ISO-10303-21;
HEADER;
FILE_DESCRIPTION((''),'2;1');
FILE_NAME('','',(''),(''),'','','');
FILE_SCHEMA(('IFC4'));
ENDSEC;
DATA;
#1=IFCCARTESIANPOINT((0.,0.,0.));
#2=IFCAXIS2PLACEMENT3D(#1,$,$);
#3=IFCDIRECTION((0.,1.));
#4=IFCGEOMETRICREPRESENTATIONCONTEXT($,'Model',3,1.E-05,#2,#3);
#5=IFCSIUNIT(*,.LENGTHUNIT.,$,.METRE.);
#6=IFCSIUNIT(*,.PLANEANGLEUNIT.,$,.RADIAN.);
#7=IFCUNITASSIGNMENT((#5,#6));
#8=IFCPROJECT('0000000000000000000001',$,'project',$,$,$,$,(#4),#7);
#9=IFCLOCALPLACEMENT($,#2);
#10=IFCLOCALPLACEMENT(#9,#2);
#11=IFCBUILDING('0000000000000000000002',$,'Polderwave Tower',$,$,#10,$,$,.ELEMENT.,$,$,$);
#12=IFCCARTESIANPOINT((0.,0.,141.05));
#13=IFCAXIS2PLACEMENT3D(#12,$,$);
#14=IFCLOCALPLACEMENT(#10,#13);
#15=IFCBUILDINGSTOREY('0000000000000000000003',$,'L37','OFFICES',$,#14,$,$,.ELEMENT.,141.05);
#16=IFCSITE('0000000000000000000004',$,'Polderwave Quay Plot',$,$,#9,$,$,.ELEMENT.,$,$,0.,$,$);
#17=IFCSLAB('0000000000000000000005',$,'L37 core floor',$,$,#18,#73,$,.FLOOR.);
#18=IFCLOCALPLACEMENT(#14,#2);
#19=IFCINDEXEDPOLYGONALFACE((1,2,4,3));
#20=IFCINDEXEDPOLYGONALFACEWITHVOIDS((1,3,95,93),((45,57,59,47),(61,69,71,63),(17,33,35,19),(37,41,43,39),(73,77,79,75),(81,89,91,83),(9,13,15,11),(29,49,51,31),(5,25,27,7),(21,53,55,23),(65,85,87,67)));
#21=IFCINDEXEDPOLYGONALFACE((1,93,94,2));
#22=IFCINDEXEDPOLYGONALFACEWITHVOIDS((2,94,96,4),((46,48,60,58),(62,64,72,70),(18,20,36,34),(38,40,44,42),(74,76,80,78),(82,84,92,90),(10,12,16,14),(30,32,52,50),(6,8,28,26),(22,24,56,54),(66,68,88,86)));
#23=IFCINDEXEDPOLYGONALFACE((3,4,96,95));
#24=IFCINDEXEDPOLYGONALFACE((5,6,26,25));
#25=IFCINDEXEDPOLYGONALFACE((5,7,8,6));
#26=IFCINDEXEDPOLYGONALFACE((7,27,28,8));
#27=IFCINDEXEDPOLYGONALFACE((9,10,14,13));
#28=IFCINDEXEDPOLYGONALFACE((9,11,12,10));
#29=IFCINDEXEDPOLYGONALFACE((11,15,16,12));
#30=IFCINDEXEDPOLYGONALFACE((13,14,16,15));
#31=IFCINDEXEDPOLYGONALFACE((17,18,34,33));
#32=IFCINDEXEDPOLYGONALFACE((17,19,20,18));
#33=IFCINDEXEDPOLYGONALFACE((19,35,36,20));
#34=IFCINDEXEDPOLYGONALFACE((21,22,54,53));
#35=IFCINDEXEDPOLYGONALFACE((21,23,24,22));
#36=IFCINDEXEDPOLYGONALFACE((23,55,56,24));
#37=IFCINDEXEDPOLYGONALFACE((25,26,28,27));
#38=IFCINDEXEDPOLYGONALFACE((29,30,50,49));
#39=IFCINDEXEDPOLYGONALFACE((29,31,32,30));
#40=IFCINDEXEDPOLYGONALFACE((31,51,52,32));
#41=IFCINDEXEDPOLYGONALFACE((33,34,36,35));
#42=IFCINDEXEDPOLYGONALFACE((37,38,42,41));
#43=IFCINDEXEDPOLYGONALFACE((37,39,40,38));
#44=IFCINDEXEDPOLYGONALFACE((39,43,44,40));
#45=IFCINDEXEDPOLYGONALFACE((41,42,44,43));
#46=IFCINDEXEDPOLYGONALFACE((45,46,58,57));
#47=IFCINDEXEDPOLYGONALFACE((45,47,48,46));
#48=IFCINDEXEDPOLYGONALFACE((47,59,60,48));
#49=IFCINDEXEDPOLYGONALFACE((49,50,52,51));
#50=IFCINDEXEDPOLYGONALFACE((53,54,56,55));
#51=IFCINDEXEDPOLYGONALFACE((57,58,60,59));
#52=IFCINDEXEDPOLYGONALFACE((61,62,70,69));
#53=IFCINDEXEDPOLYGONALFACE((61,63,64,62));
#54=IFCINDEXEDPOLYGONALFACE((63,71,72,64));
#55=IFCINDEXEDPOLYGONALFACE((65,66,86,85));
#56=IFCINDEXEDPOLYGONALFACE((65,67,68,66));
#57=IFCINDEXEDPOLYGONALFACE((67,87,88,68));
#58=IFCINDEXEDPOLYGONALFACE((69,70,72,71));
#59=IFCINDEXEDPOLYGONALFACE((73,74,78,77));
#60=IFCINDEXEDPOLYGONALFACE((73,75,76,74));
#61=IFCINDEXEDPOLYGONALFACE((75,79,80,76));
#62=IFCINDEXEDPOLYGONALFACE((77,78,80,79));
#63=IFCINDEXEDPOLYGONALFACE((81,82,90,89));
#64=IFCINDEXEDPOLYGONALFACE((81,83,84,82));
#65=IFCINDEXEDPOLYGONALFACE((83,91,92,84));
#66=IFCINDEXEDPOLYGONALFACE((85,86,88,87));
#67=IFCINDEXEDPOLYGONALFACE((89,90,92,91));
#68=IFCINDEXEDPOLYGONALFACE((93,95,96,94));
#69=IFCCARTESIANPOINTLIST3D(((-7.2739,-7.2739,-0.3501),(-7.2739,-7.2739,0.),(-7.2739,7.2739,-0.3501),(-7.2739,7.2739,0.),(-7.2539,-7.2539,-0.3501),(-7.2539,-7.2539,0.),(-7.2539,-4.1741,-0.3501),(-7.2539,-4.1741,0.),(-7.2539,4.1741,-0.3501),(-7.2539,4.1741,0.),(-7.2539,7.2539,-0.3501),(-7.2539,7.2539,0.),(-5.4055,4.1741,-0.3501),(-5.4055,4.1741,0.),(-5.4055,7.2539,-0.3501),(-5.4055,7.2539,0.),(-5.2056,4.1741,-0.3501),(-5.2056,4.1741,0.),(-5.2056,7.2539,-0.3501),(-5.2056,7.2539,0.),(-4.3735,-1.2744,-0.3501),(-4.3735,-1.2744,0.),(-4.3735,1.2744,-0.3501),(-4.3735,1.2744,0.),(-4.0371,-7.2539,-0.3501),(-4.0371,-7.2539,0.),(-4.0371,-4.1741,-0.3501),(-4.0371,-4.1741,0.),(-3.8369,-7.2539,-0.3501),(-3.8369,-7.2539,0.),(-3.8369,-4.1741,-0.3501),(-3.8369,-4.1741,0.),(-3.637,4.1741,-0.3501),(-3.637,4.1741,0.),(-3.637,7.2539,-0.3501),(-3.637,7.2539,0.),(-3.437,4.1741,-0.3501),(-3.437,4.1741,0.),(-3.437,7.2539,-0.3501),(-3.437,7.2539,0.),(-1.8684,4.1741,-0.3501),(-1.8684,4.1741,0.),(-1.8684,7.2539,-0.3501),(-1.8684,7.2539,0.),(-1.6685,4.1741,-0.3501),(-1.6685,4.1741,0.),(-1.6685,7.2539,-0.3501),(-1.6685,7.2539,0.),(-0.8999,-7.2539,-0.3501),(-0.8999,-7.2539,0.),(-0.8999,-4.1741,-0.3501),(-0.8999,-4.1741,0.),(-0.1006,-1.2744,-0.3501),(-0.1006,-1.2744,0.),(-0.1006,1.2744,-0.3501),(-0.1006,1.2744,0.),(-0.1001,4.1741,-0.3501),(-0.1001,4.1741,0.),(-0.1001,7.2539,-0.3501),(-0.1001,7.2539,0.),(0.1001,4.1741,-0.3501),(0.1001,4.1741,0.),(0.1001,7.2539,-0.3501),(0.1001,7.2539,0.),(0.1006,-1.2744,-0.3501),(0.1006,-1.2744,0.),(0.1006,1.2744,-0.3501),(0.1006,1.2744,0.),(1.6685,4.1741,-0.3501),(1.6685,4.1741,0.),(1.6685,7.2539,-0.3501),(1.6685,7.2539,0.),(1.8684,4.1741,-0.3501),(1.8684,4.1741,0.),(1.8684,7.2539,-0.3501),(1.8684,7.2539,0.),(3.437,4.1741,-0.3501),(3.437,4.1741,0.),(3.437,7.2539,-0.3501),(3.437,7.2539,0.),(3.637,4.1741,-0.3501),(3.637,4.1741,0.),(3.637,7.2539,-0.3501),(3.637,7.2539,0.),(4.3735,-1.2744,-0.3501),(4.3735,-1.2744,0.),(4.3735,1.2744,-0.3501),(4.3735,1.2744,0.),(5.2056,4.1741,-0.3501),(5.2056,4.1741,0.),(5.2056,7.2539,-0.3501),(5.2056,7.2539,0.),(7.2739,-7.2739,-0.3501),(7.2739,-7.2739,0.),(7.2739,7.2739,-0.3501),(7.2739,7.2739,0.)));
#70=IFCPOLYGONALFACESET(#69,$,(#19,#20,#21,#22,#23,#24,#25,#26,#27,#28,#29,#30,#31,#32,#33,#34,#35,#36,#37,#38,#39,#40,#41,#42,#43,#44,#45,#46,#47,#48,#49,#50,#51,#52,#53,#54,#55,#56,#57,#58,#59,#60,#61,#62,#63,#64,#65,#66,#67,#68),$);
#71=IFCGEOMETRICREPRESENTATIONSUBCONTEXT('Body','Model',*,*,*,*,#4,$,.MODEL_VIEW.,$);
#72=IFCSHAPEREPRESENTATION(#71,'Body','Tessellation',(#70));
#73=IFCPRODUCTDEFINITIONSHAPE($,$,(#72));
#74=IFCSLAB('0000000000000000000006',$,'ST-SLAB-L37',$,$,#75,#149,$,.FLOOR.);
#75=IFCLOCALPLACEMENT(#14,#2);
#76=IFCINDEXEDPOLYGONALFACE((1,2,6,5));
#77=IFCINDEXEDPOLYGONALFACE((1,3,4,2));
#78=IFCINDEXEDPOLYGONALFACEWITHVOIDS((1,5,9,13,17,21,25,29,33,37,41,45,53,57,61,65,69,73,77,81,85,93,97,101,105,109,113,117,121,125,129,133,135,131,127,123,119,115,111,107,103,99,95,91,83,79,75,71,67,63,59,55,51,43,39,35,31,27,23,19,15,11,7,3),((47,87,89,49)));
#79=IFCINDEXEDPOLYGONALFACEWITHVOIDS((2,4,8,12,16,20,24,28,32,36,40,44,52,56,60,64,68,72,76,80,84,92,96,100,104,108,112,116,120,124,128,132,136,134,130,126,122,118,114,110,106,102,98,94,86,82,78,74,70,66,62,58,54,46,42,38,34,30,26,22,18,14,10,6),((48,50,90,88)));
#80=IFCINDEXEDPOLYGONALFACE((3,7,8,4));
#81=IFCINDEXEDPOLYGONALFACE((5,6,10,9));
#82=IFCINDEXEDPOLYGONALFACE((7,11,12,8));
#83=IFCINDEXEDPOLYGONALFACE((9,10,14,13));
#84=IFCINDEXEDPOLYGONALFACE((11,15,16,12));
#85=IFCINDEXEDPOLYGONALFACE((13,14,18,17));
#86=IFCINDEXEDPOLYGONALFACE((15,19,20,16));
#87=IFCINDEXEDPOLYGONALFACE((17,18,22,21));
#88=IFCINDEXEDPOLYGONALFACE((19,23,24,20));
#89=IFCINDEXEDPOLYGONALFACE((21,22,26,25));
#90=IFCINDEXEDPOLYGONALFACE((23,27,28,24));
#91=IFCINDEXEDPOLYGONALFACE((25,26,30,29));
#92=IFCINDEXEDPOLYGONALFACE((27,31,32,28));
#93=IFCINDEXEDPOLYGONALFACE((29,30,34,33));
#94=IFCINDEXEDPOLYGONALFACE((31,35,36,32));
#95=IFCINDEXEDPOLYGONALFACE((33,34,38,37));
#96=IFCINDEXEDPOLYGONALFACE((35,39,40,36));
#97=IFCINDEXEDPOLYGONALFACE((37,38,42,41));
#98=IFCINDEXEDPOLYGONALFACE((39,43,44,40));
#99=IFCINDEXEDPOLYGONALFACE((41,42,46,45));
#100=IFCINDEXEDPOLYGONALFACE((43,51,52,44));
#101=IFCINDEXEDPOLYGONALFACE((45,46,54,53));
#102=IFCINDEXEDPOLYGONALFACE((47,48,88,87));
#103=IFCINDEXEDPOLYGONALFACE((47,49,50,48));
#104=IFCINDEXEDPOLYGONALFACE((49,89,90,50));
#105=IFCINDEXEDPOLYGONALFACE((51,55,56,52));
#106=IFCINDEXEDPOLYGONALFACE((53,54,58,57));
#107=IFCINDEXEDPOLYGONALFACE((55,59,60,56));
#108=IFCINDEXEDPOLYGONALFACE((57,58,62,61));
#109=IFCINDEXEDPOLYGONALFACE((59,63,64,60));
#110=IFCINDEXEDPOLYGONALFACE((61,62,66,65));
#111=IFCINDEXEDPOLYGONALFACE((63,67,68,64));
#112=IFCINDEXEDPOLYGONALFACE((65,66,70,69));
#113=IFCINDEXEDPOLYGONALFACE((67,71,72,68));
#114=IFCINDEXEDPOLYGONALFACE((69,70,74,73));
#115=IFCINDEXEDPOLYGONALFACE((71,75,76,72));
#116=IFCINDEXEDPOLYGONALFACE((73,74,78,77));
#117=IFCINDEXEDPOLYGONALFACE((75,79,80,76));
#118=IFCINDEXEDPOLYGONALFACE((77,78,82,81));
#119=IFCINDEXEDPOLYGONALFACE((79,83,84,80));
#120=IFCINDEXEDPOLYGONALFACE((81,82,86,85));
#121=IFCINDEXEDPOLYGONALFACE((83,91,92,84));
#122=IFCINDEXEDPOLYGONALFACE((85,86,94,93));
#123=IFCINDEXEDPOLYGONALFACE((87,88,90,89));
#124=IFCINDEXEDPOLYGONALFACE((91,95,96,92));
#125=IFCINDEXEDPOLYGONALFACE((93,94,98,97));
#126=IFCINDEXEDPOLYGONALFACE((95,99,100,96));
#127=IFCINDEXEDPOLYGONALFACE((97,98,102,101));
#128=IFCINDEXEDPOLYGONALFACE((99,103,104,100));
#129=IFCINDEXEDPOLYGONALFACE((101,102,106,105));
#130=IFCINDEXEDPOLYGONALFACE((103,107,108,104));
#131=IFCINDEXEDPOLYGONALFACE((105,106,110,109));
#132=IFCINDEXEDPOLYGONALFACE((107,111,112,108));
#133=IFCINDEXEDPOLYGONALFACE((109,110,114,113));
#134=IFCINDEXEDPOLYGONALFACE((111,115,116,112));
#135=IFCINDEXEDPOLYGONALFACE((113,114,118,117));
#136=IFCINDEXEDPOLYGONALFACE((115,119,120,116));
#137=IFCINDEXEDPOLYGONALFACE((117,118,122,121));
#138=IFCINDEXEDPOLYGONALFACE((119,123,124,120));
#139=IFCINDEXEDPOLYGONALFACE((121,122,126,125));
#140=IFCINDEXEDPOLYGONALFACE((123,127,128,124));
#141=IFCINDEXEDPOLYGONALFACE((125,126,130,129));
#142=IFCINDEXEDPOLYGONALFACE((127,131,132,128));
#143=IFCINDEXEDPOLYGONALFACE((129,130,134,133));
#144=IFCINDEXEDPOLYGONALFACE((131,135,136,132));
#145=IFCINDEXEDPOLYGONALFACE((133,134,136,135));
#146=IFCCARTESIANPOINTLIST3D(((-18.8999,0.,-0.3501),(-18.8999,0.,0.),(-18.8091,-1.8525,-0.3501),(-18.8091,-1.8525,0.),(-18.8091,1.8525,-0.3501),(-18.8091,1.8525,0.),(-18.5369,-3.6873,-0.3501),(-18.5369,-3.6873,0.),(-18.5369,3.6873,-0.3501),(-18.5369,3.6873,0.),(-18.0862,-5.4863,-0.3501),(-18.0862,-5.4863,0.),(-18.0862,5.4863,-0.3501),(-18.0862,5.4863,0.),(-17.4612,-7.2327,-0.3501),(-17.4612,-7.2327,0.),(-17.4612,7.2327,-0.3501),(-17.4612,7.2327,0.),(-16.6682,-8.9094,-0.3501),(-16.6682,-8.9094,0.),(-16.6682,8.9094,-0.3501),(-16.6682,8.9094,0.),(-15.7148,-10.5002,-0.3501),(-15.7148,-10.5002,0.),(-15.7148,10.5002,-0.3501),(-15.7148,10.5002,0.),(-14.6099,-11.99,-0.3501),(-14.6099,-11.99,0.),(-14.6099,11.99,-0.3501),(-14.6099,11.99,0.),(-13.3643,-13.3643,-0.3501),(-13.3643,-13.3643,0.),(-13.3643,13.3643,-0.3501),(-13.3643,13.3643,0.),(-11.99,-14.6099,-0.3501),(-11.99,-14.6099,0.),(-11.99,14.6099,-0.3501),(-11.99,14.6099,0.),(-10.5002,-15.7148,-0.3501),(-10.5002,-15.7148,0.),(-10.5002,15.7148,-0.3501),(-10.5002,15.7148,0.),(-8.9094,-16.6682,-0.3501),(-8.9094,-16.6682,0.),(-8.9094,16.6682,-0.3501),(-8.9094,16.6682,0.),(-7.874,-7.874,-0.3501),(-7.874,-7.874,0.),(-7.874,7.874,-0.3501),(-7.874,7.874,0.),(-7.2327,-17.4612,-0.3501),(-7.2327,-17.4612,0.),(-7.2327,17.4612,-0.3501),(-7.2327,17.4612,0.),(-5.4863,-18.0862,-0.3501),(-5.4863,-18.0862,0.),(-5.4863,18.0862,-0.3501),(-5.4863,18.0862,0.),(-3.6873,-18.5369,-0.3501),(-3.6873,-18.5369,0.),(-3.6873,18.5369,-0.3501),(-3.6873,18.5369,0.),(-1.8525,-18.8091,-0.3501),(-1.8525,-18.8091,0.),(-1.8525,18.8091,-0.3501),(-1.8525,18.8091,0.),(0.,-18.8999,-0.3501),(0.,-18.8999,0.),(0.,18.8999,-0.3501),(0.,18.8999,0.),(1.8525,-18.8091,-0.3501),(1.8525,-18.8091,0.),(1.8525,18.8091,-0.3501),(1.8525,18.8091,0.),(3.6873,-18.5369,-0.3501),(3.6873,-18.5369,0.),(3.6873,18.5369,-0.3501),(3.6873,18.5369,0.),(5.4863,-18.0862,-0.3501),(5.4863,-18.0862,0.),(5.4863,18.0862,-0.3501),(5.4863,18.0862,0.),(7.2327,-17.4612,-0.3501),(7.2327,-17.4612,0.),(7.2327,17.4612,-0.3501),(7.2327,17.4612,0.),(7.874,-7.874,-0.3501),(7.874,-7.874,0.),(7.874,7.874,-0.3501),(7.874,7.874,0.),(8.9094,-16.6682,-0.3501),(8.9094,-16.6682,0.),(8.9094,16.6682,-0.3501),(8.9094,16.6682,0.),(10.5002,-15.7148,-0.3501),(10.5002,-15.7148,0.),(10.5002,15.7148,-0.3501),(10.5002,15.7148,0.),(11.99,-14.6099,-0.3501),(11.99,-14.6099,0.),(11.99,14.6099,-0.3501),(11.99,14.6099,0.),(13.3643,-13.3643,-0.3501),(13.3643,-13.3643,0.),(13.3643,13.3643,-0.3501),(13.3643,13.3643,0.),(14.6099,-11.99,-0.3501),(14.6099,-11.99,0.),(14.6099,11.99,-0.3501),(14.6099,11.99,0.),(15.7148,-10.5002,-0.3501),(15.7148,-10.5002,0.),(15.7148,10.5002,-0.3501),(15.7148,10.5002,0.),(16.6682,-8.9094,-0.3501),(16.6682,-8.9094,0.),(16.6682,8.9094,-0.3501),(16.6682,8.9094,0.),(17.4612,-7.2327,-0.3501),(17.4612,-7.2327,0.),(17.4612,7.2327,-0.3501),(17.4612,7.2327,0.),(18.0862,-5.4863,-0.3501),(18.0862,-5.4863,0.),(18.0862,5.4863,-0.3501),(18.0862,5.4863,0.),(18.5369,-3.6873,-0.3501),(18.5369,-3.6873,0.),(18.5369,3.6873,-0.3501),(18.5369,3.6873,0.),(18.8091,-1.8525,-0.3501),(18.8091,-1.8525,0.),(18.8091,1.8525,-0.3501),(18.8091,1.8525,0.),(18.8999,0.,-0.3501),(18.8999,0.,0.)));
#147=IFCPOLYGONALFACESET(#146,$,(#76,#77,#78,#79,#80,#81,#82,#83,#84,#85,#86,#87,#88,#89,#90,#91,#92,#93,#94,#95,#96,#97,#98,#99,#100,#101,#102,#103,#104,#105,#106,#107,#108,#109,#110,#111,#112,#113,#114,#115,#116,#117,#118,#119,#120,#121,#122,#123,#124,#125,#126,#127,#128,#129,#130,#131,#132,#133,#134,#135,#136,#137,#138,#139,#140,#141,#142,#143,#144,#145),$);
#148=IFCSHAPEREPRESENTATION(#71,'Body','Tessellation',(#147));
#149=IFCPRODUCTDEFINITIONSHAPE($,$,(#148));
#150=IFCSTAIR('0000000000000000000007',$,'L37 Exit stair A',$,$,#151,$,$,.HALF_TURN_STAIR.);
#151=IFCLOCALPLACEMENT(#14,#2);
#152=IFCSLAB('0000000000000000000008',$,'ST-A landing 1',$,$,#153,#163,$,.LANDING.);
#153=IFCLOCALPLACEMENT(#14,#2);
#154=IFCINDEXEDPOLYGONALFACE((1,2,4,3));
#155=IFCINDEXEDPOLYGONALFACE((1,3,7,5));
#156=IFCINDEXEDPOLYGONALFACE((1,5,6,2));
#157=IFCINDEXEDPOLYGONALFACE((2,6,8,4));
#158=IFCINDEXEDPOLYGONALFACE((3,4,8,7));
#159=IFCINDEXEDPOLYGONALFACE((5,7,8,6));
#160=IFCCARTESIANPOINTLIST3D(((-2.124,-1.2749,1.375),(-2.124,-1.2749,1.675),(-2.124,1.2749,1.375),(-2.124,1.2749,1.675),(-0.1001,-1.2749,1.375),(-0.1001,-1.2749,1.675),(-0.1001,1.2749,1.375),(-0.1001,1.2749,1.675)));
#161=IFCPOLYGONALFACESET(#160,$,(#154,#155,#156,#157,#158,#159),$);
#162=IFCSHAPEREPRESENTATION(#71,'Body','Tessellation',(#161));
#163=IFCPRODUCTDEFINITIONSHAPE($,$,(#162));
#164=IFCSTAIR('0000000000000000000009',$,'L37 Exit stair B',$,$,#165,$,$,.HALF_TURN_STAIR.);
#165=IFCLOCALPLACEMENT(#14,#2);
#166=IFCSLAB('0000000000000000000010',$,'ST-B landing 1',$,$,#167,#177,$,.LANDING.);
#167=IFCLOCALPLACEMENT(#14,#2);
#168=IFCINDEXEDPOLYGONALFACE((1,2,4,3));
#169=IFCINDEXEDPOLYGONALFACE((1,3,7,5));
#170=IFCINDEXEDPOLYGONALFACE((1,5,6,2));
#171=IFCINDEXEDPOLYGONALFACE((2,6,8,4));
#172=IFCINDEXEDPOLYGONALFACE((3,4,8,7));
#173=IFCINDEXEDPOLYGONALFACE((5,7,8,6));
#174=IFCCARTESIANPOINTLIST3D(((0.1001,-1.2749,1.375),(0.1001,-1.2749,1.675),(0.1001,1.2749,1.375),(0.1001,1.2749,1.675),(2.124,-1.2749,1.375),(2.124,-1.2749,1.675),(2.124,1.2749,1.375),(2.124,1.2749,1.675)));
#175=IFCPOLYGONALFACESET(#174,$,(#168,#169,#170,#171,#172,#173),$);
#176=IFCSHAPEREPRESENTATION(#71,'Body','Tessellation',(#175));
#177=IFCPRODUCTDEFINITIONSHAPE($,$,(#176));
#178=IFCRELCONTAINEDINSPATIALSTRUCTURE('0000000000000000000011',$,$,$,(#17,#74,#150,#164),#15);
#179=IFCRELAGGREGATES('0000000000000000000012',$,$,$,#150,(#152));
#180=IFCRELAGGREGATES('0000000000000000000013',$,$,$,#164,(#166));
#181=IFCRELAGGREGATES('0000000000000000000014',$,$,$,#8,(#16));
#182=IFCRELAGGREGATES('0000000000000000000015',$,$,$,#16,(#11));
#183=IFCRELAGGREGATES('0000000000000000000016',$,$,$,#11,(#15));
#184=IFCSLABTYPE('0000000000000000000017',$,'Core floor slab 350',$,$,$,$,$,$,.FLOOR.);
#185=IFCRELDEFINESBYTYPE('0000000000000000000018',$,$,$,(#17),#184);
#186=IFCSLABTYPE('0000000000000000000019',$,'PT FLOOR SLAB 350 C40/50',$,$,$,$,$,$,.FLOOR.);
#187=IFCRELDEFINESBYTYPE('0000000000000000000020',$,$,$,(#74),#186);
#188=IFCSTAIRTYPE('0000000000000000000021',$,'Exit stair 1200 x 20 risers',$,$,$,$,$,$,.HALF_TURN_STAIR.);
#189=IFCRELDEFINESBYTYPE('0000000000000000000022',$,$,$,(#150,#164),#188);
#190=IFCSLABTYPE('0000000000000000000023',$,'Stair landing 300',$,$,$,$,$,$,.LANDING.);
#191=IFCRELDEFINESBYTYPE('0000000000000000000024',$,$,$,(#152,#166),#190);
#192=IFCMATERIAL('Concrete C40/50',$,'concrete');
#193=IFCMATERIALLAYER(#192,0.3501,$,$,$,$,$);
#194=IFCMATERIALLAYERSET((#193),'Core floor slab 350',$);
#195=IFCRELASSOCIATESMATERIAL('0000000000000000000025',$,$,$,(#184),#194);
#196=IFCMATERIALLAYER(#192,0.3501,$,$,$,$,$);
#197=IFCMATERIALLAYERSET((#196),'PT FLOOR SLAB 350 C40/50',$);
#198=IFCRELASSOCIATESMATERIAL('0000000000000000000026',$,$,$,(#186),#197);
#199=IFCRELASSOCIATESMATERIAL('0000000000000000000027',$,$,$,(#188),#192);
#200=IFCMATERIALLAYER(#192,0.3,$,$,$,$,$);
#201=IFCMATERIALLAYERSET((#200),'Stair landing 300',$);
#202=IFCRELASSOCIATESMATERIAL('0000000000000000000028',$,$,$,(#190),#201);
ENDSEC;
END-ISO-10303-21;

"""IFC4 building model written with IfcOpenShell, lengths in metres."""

from ifc_helpers import new_model, si_unit, direction, frame, origin, place, context, subcontext, project, spatial, polyline, outline, extrude, material, layer, layer_set, type_object, element, aggregate, save


model = new_model("IFC4")

# Units and contexts
model_context = context("Model", 3, precision=1e-05, world=origin(), true_north=direction((0.0, 1.0)))
body_context = subcontext(model_context, "Body", "Model", "MODEL_VIEW")
ifc_project = project(units=[si_unit("LENGTHUNIT", "METRE"), si_unit("PLANEANGLEUNIT", "RADIAN")], contexts=[model_context])

# Site, building, storey
site_placement = place(None, origin())
site = spatial("IfcSite", under=ifc_project, at=site_placement, Name="Polderwave Quay Plot", CompositionType="ELEMENT", RefElevation=0.0)
building_placement = place(site_placement, origin())
building = spatial("IfcBuilding", under=site, at=building_placement, Name="Polderwave Tower", CompositionType="ELEMENT")
storey_placement = place(building_placement, frame((0.0, 0.0, 141.05)))
storey = spatial("IfcBuildingStorey", under=building, at=storey_placement, Name="L37", Description="OFFICES", CompositionType="ELEMENT", Elevation=141.05)

# Slabs
ifc_material_1 = material(Name="Concrete C40/50", Category="concrete")
ifc_layer_1 = layer(ifc_material_1, 0.3501)
ifc_layer_set_1 = layer_set([ifc_layer_1], Name="Core floor slab 350")
slab_type_1 = type_object("IfcSlabType", Name="Core floor slab 350", PredefinedType="FLOOR", material=ifc_layer_set_1)
slab_1_placement = place(storey_placement, frame((0.0, 0.0, -0.3501)))
element("IfcSlab", 1, at=slab_1_placement, inside=storey, type_object=slab_type_1, Name="L37 core floor", PredefinedType="FLOOR", context=body_context, shape_type="SweptSolid", body=[
    extrude(outline(polyline([(-7.2739, -7.2739), (7.2739, -7.2739), (7.2739, 7.2739), (-7.2739, 7.2739), (-7.2739, -7.2739)]), holes=[polyline([(-7.2539, -7.2539), (-4.0371, -7.2539), (-4.0371, -4.1741), (-7.2539, -4.1741), (-7.2539, -7.2539)]), polyline([(-3.8369, -7.2539), (-0.8999, -7.2539), (-0.8999, -4.1741), (-3.8369, -4.1741), (-3.8369, -7.2539)]), polyline([(-7.2539, 4.1741), (-5.4055, 4.1741), (-5.4055, 7.2539), (-7.2539, 7.2539), (-7.2539, 4.1741)]), polyline([(-5.2056, 4.1741), (-3.637, 4.1741), (-3.637, 7.2539), (-5.2056, 7.2539), (-5.2056, 4.1741)]), polyline([(-3.437, 4.1741), (-1.8684, 4.1741), (-1.8684, 7.2539), (-3.437, 7.2539), (-3.437, 4.1741)]), polyline([(-1.6685, 4.1741), (-0.1001, 4.1741), (-0.1001, 7.2539), (-1.6685, 7.2539), (-1.6685, 4.1741)]), polyline([(0.1001, 4.1741), (1.6685, 4.1741), (1.6685, 7.2539), (0.1001, 7.2539), (0.1001, 4.1741)]), polyline([(1.8684, 4.1741), (3.437, 4.1741), (3.437, 7.2539), (1.8684, 7.2539), (1.8684, 4.1741)]), polyline([(3.637, 4.1741), (5.2056, 4.1741), (5.2056, 7.2539), (3.637, 7.2539), (3.637, 4.1741)]), polyline([(-4.3735, -1.2744), (-0.1006, -1.2744), (-0.1006, 1.2744), (-4.3735, 1.2744), (-4.3735, -1.2744)]), polyline([(0.1006, -1.2744), (4.3735, -1.2744), (4.3735, 1.2744), (0.1006, 1.2744), (0.1006, -1.2744)])]), origin(), (0.0, 0.0, 1.0), 0.3501),
])
ifc_layer_2 = layer(ifc_material_1, 0.3501)
ifc_layer_set_2 = layer_set([ifc_layer_2], Name="PT FLOOR SLAB 350 C40/50")
slab_type_2 = type_object("IfcSlabType", Name="PT FLOOR SLAB 350 C40/50", PredefinedType="FLOOR", material=ifc_layer_set_2)
slab_2_placement = place(storey_placement, frame((0.0, 0.0, -0.3501)))
element("IfcSlab", 2, at=slab_2_placement, inside=storey, type_object=slab_type_2, Name="ST-SLAB-L37", PredefinedType="FLOOR", context=body_context, shape_type="SweptSolid", body=[
    extrude(outline(polyline([(18.8999, 0.0), (18.8091, 1.8525), (18.5369, 3.6873), (18.0862, 5.4863), (17.4612, 7.2327), (16.6682, 8.9094), (15.7148, 10.5002), (14.6099, 11.99), (13.3643, 13.3643), (11.99, 14.6099), (10.5002, 15.7148), (8.9094, 16.6682), (7.2327, 17.4612), (5.4863, 18.0862), (3.6873, 18.5369), (1.8525, 18.8091), (0.0, 18.8999), (-1.8525, 18.8091), (-3.6873, 18.5369), (-5.4863, 18.0862), (-7.2327, 17.4612), (-8.9094, 16.6682), (-10.5002, 15.7148), (-11.99, 14.6099), (-13.3643, 13.3643), (-14.6099, 11.99), (-15.7148, 10.5002), (-16.6682, 8.9094), (-17.4612, 7.2327), (-18.0862, 5.4863), (-18.5369, 3.6873), (-18.8091, 1.8525), (-18.8999, 0.0), (-18.8091, -1.8525), (-18.5369, -3.6873), (-18.0862, -5.4863), (-17.4612, -7.2327), (-16.6682, -8.9094), (-15.7148, -10.5002), (-14.6099, -11.99), (-13.3643, -13.3643), (-11.99, -14.6099), (-10.5002, -15.7148), (-8.9094, -16.6682), (-7.2327, -17.4612), (-5.4863, -18.0862), (-3.6873, -18.5369), (-1.8525, -18.8091), (0.0, -18.8999), (1.8525, -18.8091), (3.6873, -18.5369), (5.4863, -18.0862), (7.2327, -17.4612), (8.9094, -16.6682), (10.5002, -15.7148), (11.99, -14.6099), (13.3643, -13.3643), (14.6099, -11.99), (15.7148, -10.5002), (16.6682, -8.9094), (17.4612, -7.2327), (18.0862, -5.4863), (18.5369, -3.6873), (18.8091, -1.8525), (18.8999, 0.0)]), holes=[polyline([(-7.874, -7.874), (7.874, -7.874), (7.874, 7.874), (-7.874, 7.874), (-7.874, -7.874)])]), origin(), (0.0, 0.0, 1.0), 0.3501),
])

# Stairs, slabs
stair_type = type_object("IfcStairType", Name="Exit stair 1200 x 20 risers", PredefinedType="HALF_TURN_STAIR", material=ifc_material_1)
stair_1_placement = place(storey_placement, origin())
stair_1 = element("IfcStair", 3, at=stair_1_placement, inside=storey, type_object=stair_type, Name="L37 Exit stair A", PredefinedType="HALF_TURN_STAIR")
ifc_layer_3 = layer(ifc_material_1, 0.3)
ifc_layer_set_3 = layer_set([ifc_layer_3], Name="Stair landing 300")
slab_type_3 = type_object("IfcSlabType", Name="Stair landing 300", PredefinedType="LANDING", material=ifc_layer_set_3)
slab_3_placement = place(storey_placement, frame((0.0, 0.0, 1.375)))
slab_3 = element("IfcSlab", 4, at=slab_3_placement, type_object=slab_type_3, Name="ST-A landing 1", PredefinedType="LANDING", context=body_context, shape_type="SweptSolid", body=[
    extrude(outline(polyline([(-2.124, -1.2749), (-0.1001, -1.2749), (-0.1001, 1.2749), (-2.124, 1.2749), (-2.124, -1.2749)])), origin(), (0.0, 0.0, 1.0), 0.3),
])
aggregate(stair_1, [slab_3])
stair_2_placement = place(storey_placement, origin())
stair_2 = element("IfcStair", 5, at=stair_2_placement, inside=storey, type_object=stair_type, Name="L37 Exit stair B", PredefinedType="HALF_TURN_STAIR")
slab_4_placement = place(storey_placement, frame((0.0, 0.0, 1.375)))
slab_4 = element("IfcSlab", 6, at=slab_4_placement, type_object=slab_type_3, Name="ST-B landing 1", PredefinedType="LANDING", context=body_context, shape_type="SweptSolid", body=[
    extrude(outline(polyline([(2.124, 1.2749), (0.1001, 1.2749), (0.1001, -1.2749), (2.124, -1.2749), (2.124, 1.2749)])), origin(), (0.0, 0.0, 1.0), 0.3),
])

aggregate(stair_2, [slab_4])

save(model, "model.ifc")
